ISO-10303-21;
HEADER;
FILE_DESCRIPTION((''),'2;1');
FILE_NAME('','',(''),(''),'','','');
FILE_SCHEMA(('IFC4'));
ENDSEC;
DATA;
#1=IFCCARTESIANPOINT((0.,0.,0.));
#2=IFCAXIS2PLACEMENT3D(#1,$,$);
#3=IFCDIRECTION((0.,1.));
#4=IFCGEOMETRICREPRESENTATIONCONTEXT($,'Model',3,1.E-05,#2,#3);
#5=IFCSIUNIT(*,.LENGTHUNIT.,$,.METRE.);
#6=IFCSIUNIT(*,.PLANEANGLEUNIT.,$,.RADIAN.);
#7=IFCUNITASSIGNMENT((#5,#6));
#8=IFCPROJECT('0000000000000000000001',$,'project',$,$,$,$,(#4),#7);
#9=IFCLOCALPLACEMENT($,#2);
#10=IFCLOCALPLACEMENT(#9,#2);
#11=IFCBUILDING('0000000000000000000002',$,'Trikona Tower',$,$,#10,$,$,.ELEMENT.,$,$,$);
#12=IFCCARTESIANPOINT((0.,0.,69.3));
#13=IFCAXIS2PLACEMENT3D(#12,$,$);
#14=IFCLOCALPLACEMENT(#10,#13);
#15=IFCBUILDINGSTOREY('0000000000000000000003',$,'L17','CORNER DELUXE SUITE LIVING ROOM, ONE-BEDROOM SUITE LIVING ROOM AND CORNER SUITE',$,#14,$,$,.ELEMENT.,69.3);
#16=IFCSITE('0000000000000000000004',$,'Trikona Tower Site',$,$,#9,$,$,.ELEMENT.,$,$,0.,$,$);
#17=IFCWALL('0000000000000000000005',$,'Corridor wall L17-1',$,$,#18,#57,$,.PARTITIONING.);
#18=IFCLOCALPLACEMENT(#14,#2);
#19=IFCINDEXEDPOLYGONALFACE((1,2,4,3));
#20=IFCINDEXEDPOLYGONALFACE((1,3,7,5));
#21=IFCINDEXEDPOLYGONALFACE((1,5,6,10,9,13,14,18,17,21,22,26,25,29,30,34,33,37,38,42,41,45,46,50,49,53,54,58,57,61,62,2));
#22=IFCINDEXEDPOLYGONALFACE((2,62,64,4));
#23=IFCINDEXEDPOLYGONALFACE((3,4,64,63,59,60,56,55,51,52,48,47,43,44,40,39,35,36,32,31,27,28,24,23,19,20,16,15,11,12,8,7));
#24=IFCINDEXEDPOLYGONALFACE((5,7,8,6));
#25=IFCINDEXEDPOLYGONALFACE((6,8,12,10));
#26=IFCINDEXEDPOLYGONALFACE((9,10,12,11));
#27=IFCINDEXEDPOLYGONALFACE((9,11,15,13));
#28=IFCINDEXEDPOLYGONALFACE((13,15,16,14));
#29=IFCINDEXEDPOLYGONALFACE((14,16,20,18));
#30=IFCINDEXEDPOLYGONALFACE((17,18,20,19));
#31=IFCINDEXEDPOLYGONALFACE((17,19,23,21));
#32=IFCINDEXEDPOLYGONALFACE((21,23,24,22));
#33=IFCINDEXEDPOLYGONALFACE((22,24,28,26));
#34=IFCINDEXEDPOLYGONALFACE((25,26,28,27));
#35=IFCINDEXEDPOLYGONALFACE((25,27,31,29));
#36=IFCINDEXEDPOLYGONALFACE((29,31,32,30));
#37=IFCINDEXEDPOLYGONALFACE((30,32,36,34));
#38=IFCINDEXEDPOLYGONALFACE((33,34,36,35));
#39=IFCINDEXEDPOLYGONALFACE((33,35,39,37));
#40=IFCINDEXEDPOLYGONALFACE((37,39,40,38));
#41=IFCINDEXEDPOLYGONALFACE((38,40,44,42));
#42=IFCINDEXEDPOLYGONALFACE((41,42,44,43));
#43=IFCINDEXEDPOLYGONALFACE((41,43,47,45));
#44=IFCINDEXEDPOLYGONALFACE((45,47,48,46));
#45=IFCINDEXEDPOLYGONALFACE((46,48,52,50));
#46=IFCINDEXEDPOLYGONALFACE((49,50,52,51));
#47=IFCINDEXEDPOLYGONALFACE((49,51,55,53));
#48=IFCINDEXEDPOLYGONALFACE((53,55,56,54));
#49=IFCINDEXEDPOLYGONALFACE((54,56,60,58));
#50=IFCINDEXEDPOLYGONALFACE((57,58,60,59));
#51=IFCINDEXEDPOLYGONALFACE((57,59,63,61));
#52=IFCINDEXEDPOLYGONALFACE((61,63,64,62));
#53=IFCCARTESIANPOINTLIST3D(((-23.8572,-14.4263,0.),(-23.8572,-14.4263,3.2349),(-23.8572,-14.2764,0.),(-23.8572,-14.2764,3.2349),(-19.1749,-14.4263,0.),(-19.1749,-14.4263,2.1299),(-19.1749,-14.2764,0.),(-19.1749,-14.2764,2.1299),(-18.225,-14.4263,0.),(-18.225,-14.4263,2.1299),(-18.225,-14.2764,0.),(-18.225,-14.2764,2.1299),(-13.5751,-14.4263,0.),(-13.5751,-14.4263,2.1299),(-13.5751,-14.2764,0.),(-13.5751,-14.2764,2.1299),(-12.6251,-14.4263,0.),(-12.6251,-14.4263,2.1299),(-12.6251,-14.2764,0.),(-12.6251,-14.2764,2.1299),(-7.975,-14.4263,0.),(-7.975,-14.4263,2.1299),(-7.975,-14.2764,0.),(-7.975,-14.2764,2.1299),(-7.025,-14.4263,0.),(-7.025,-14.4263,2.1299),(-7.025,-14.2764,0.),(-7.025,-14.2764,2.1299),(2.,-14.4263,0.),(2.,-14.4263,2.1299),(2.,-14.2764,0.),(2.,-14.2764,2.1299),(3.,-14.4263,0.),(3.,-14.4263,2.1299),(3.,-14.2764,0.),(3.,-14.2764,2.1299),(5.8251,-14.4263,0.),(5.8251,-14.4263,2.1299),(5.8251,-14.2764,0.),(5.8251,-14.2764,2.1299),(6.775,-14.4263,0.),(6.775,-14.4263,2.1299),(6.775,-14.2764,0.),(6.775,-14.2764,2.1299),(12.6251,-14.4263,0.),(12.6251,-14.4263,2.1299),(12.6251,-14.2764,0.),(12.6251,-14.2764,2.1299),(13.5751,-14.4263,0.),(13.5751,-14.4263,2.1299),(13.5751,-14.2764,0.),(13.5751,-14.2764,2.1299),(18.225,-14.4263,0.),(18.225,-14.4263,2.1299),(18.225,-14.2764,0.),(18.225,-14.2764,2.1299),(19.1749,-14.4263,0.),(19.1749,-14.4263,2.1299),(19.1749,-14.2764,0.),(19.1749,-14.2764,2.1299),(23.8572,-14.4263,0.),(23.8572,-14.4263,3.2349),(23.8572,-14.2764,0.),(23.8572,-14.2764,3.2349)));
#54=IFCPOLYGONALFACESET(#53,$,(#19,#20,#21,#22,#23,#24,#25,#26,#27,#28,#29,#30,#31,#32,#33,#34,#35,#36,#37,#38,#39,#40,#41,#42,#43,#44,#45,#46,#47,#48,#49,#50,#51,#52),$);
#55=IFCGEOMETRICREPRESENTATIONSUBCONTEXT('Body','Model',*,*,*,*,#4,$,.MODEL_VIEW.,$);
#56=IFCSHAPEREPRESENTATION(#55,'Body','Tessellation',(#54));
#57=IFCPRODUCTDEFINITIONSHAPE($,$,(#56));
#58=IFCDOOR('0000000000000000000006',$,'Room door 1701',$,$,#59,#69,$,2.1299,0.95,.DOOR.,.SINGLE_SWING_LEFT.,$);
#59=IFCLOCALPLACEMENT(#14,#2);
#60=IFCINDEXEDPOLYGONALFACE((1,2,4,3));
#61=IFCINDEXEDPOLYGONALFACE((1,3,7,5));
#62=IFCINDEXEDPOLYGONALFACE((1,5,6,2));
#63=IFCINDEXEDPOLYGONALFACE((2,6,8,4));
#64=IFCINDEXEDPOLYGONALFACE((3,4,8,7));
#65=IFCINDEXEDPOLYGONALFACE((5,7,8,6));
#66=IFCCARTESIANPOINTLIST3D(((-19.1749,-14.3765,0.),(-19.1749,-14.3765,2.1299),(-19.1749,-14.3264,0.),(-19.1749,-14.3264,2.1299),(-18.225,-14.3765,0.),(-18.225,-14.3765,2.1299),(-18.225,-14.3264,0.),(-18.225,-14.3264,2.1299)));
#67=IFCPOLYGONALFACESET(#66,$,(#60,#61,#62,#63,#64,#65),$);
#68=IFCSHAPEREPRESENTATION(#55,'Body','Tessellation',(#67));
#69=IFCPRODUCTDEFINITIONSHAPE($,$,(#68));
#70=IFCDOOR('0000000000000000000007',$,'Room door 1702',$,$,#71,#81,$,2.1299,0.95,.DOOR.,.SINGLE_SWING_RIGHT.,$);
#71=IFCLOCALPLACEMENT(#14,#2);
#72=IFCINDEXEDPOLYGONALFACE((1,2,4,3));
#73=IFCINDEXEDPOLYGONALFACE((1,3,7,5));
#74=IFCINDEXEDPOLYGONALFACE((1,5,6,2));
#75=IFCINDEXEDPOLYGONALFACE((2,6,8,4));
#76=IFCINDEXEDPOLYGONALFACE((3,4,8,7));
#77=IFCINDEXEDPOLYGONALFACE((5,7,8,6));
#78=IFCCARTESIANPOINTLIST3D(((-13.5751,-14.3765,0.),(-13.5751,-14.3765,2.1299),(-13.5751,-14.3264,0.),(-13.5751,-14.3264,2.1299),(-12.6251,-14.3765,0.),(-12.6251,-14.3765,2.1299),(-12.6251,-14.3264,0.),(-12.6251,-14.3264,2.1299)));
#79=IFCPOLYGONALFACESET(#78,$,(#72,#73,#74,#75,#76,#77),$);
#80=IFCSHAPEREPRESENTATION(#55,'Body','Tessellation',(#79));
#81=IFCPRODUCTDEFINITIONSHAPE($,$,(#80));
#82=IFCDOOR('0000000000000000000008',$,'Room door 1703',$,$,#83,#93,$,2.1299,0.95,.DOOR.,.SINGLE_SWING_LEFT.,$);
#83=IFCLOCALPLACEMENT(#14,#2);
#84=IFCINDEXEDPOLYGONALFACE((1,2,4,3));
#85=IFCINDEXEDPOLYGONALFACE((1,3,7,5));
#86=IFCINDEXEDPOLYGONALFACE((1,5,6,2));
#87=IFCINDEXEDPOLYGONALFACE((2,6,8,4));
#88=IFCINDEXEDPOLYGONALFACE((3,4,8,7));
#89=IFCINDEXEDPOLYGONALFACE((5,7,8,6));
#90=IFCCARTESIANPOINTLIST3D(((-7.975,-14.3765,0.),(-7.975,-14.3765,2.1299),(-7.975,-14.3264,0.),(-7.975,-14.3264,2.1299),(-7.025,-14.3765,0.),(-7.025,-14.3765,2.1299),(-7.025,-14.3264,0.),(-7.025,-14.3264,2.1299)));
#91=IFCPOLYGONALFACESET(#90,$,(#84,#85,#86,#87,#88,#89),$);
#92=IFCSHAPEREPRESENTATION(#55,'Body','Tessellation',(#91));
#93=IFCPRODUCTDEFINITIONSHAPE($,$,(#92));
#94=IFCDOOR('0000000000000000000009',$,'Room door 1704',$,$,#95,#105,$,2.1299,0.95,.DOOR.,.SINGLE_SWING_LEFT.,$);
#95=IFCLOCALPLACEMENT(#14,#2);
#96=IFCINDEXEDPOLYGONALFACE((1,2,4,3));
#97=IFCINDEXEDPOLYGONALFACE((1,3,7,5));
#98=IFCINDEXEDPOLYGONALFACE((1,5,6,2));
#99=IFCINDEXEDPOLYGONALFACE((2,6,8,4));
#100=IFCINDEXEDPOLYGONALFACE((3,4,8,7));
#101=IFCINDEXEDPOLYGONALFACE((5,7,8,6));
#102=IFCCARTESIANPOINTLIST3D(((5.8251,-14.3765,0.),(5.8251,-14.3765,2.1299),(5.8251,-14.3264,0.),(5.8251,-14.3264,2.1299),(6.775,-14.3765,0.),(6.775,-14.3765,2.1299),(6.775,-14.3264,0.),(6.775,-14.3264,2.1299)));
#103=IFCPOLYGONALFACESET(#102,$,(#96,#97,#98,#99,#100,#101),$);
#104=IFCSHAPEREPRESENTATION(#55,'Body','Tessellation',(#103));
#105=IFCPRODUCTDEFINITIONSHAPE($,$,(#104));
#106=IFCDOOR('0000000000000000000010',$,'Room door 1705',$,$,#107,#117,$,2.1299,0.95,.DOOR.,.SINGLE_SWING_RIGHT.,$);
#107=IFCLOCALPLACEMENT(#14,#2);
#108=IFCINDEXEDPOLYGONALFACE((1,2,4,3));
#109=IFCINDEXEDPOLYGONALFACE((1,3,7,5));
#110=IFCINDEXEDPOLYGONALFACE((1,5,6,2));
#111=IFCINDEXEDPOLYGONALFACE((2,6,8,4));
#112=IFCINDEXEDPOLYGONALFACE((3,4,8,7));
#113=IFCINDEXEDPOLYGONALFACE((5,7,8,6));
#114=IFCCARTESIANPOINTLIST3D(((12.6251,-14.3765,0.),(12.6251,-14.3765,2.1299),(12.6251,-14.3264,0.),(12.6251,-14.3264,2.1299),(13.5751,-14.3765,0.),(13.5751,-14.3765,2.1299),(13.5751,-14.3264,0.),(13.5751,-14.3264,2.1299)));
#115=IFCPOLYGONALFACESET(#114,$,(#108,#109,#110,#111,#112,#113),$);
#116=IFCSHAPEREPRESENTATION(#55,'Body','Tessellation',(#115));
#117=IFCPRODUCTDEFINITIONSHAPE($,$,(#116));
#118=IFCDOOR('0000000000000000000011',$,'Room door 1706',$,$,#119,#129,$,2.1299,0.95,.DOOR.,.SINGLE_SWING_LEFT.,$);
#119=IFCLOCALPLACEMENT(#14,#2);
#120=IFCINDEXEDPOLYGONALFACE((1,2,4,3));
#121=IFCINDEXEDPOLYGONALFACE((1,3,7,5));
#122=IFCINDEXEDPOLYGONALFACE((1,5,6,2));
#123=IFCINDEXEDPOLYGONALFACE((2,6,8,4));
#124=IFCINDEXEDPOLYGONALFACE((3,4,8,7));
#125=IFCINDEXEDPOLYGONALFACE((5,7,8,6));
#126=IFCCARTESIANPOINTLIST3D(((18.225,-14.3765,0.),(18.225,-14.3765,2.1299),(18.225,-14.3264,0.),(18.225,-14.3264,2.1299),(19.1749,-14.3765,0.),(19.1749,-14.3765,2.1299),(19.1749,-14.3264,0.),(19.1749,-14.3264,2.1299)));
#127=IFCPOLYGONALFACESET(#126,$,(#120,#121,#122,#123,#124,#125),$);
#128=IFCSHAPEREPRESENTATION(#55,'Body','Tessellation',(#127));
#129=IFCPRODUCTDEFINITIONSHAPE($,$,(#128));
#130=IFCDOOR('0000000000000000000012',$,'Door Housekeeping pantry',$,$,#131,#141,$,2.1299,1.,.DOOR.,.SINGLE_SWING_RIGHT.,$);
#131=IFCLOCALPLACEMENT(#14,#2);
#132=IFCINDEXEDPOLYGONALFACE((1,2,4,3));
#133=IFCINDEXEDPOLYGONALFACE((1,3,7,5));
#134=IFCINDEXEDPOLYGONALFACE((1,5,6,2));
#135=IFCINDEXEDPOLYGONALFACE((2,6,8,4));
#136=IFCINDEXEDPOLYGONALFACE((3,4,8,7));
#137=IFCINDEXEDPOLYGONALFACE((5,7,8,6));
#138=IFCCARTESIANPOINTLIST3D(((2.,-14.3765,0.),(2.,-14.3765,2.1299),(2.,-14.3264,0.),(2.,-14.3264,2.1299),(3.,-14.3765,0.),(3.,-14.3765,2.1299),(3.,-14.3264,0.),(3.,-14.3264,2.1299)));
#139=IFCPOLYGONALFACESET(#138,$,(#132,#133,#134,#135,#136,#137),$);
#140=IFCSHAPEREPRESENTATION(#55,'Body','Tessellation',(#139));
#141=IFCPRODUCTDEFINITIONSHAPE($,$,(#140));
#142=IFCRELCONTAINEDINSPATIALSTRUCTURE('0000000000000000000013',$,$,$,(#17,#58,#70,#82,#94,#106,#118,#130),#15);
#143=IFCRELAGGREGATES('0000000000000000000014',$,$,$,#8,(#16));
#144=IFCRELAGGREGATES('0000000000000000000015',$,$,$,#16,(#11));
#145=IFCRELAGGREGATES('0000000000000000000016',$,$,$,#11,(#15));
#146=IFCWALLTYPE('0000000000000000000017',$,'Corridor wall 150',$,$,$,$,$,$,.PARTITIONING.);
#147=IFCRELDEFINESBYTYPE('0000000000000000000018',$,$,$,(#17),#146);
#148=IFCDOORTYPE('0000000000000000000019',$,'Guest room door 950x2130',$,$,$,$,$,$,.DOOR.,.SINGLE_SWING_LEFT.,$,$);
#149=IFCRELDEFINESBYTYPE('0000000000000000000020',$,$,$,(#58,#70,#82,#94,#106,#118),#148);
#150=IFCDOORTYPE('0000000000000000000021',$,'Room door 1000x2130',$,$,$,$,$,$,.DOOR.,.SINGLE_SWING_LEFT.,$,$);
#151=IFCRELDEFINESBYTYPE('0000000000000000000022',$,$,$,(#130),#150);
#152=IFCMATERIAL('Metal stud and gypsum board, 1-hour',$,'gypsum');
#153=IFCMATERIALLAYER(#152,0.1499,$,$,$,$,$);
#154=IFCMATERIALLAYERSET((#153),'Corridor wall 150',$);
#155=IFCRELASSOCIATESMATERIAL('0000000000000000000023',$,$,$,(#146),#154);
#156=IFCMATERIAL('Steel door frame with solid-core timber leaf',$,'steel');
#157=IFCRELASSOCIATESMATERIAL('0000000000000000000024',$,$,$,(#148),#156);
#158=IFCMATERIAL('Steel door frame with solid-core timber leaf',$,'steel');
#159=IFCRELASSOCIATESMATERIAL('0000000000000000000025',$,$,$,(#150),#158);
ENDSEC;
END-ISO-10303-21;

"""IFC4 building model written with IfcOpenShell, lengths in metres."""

from ifc_helpers import new_model, si_unit, direction, frame, frame_2d, origin, place, context, subcontext, project, spatial, rectangle, extrude, material, layer, layer_set, type_object, element, fill, save


model = new_model("IFC4")

# Units and contexts
model_context = context("Model", 3, precision=1e-05, world=origin(), true_north=direction((0.0, 1.0)))
body_context = subcontext(model_context, "Body", "Model", "MODEL_VIEW")
ifc_project = project(units=[si_unit("LENGTHUNIT", "METRE"), si_unit("PLANEANGLEUNIT", "RADIAN")], contexts=[model_context])

# Site, building, storey
site_placement = place(None, origin())
site = spatial("IfcSite", under=ifc_project, at=site_placement, Name="Trikona Tower Site", CompositionType="ELEMENT", RefElevation=0.0)
building_placement = place(site_placement, origin())
building = spatial("IfcBuilding", under=site, at=building_placement, Name="Trikona Tower", CompositionType="ELEMENT")
storey_placement = place(building_placement, frame((0.0, 0.0, 69.3)))
storey = spatial("IfcBuildingStorey", under=building, at=storey_placement, Name="L17", Description="CORNER DELUXE SUITE LIVING ROOM, ONE-BEDROOM SUITE LIVING ROOM AND CORNER SUITE", CompositionType="ELEMENT", Elevation=69.3)

# Wall, openings, doors
ifc_material_1 = material(Name="Metal stud and gypsum board, 1-hour", Category="gypsum")
ifc_layer_1 = layer(ifc_material_1, 0.1499)
ifc_layer_set_1 = layer_set([ifc_layer_1], Name="Corridor wall 150")
wall_type_1 = type_object("IfcWallType", Name="Corridor wall 150", PredefinedType="PARTITIONING", material=ifc_layer_set_1)
wall_1_placement = place(storey_placement, frame((-23.8572, -14.3513, 0.0), z_axis=(0.0, 0.0, 1.0), x_axis=(1.0, 0.0, 0.0)))
wall_1 = element("IfcWall", 1, at=wall_1_placement, inside=storey, type_object=wall_type_1, Name="Corridor wall L17-1", PredefinedType="PARTITIONING", context=body_context, shape_type="SweptSolid", body=[
    extrude(rectangle(XDim=47.7144, YDim=0.1499, at=frame_2d((23.8572, 0.0))), origin(), (0.0, 0.0, 1.0), 3.2349),
])
opening_1_placement = place(wall_1_placement, frame((4.6821, 0.0, 0.0)))
opening_1 = element("IfcOpeningElement", 2, at=opening_1_placement, cuts=wall_1, PredefinedType="OPENING", context=body_context, shape_type="SweptSolid", body=[
    extrude(rectangle(XDim=0.95, YDim=2.1299, at=frame_2d((0.4751, 1.0649))), frame((0.0, 0.085, 0.0), z_axis=(0.0, -1.0, 0.0), x_axis=(1.0, 0.0, 0.0)), (0.0, 0.0, 1.0), 0.1699),
])
opening_2_placement = place(wall_1_placement, frame((10.282, 0.0, 0.0)))
opening_2 = element("IfcOpeningElement", 3, at=opening_2_placement, cuts=wall_1, PredefinedType="OPENING", context=body_context, shape_type="SweptSolid", body=[
    extrude(rectangle(XDim=0.95, YDim=2.1299, at=frame_2d((0.4751, 1.0649))), frame((0.0, 0.085, 0.0), z_axis=(0.0, -1.0, 0.0), x_axis=(1.0, 0.0, 0.0)), (0.0, 0.0, 1.0), 0.1699),
])
opening_3_placement = place(wall_1_placement, frame((15.8821, 0.0, 0.0)))
opening_3 = element("IfcOpeningElement", 4, at=opening_3_placement, cuts=wall_1, PredefinedType="OPENING", context=body_context, shape_type="SweptSolid", body=[
    extrude(rectangle(XDim=0.95, YDim=2.1299, at=frame_2d((0.4751, 1.0649))), frame((0.0, 0.085, 0.0), z_axis=(0.0, -1.0, 0.0), x_axis=(1.0, 0.0, 0.0)), (0.0, 0.0, 1.0), 0.1699),
])
opening_4_placement = place(wall_1_placement, frame((25.8572, 0.0, 0.0)))
opening_4 = element("IfcOpeningElement", 5, at=opening_4_placement, cuts=wall_1, PredefinedType="OPENING", context=body_context, shape_type="SweptSolid", body=[
    extrude(rectangle(XDim=1.0, YDim=2.1299, at=frame_2d((0.5, 1.0649))), frame((0.0, 0.085, 0.0), z_axis=(0.0, -1.0, 0.0), x_axis=(1.0, 0.0, 0.0)), (0.0, 0.0, 1.0), 0.1699),
])
opening_5_placement = place(wall_1_placement, frame((29.6821, 0.0, 0.0)))
opening_5 = element("IfcOpeningElement", 6, at=opening_5_placement, cuts=wall_1, PredefinedType="OPENING", context=body_context, shape_type="SweptSolid", body=[
    extrude(rectangle(XDim=0.95, YDim=2.1299, at=frame_2d((0.4751, 1.0649))), frame((0.0, 0.085, 0.0), z_axis=(0.0, -1.0, 0.0), x_axis=(1.0, 0.0, 0.0)), (0.0, 0.0, 1.0), 0.1699),
])
opening_6_placement = place(wall_1_placement, frame((36.4822, 0.0, 0.0)))
opening_6 = element("IfcOpeningElement", 7, at=opening_6_placement, cuts=wall_1, PredefinedType="OPENING", context=body_context, shape_type="SweptSolid", body=[
    extrude(rectangle(XDim=0.95, YDim=2.1299, at=frame_2d((0.4751, 1.0649))), frame((0.0, 0.085, 0.0), z_axis=(0.0, -1.0, 0.0), x_axis=(1.0, 0.0, 0.0)), (0.0, 0.0, 1.0), 0.1699),
])
opening_7_placement = place(wall_1_placement, frame((42.082, 0.0, 0.0)))
opening_7 = element("IfcOpeningElement", 8, at=opening_7_placement, cuts=wall_1, PredefinedType="OPENING", context=body_context, shape_type="SweptSolid", body=[
    extrude(rectangle(XDim=0.95, YDim=2.1299, at=frame_2d((0.4751, 1.0649))), frame((0.0, 0.085, 0.0), z_axis=(0.0, -1.0, 0.0), x_axis=(1.0, 0.0, 0.0)), (0.0, 0.0, 1.0), 0.1699),
])
ifc_material_2 = material(Name="Steel door frame with solid-core timber leaf", Category="steel")
door_type_1 = type_object("IfcDoorType", Name="Guest room door 950x2130", OperationType="SINGLE_SWING_LEFT", PredefinedType="DOOR", material=ifc_material_2)
door_1_placement = place(opening_1_placement, origin())
door_1 = element("IfcDoor", 9, at=door_1_placement, inside=storey, type_object=door_type_1, Name="Room door 1701", OperationType="SINGLE_SWING_LEFT", OverallHeight=2.1299, OverallWidth=0.95, PredefinedType="DOOR", context=body_context, shape_type="SweptSolid", body=[
    extrude(rectangle(XDim=0.95, YDim=2.1299, at=frame_2d((0.4751, 1.0649))), frame((0.0, 0.0249, 0.0), z_axis=(0.0, -1.0, 0.0), x_axis=(1.0, 0.0, 0.0)), (0.0, 0.0, 1.0), 0.05),
])
fill(opening_1, door_1)
door_2_placement = place(opening_2_placement, origin())
door_2 = element("IfcDoor", 10, at=door_2_placement, inside=storey, type_object=door_type_1, Name="Room door 1702", OperationType="SINGLE_SWING_RIGHT", OverallHeight=2.1299, OverallWidth=0.95, PredefinedType="DOOR", context=body_context, shape_type="SweptSolid", body=[
    extrude(rectangle(XDim=0.95, YDim=2.1299, at=frame_2d((0.4751, 1.0649))), frame((0.0, 0.0249, 0.0), z_axis=(0.0, -1.0, 0.0), x_axis=(1.0, 0.0, 0.0)), (0.0, 0.0, 1.0), 0.05),
])
fill(opening_2, door_2)
door_3_placement = place(opening_3_placement, origin())
door_3 = element("IfcDoor", 11, at=door_3_placement, inside=storey, type_object=door_type_1, Name="Room door 1703", OperationType="SINGLE_SWING_LEFT", OverallHeight=2.1299, OverallWidth=0.95, PredefinedType="DOOR", context=body_context, shape_type="SweptSolid", body=[
    extrude(rectangle(XDim=0.95, YDim=2.1299, at=frame_2d((0.4751, 1.0649))), frame((0.0, 0.0249, 0.0), z_axis=(0.0, -1.0, 0.0), x_axis=(1.0, 0.0, 0.0)), (0.0, 0.0, 1.0), 0.05),
])
fill(opening_3, door_3)
door_4_placement = place(opening_5_placement, origin())
door_4 = element("IfcDoor", 12, at=door_4_placement, inside=storey, type_object=door_type_1, Name="Room door 1704", OperationType="SINGLE_SWING_LEFT", OverallHeight=2.1299, OverallWidth=0.95, PredefinedType="DOOR", context=body_context, shape_type="SweptSolid", body=[
    extrude(rectangle(XDim=0.95, YDim=2.1299, at=frame_2d((0.4751, 1.0649))), frame((0.0, 0.0249, 0.0), z_axis=(0.0, -1.0, 0.0), x_axis=(1.0, 0.0, 0.0)), (0.0, 0.0, 1.0), 0.05),
])
fill(opening_5, door_4)
door_5_placement = place(opening_6_placement, origin())
door_5 = element("IfcDoor", 13, at=door_5_placement, inside=storey, type_object=door_type_1, Name="Room door 1705", OperationType="SINGLE_SWING_RIGHT", OverallHeight=2.1299, OverallWidth=0.95, PredefinedType="DOOR", context=body_context, shape_type="SweptSolid", body=[
    extrude(rectangle(XDim=0.95, YDim=2.1299, at=frame_2d((0.4751, 1.0649))), frame((0.0, 0.0249, 0.0), z_axis=(0.0, -1.0, 0.0), x_axis=(1.0, 0.0, 0.0)), (0.0, 0.0, 1.0), 0.05),
])
fill(opening_6, door_5)
door_6_placement = place(opening_7_placement, origin())
door_6 = element("IfcDoor", 14, at=door_6_placement, inside=storey, type_object=door_type_1, Name="Room door 1706", OperationType="SINGLE_SWING_LEFT", OverallHeight=2.1299, OverallWidth=0.95, PredefinedType="DOOR", context=body_context, shape_type="SweptSolid", body=[
    extrude(rectangle(XDim=0.95, YDim=2.1299, at=frame_2d((0.4751, 1.0649))), frame((0.0, 0.0249, 0.0), z_axis=(0.0, -1.0, 0.0), x_axis=(1.0, 0.0, 0.0)), (0.0, 0.0, 1.0), 0.05),
])
fill(opening_7, door_6)
ifc_material_3 = material(Name="Steel door frame with solid-core timber leaf", Category="steel")
door_type_2 = type_object("IfcDoorType", Name="Room door 1000x2130", OperationType="SINGLE_SWING_LEFT", PredefinedType="DOOR", material=ifc_material_3)
door_7_placement = place(opening_4_placement, origin())
door_7 = element("IfcDoor", 15, at=door_7_placement, inside=storey, type_object=door_type_2, Name="Door Housekeeping pantry", OperationType="SINGLE_SWING_RIGHT", OverallHeight=2.1299, OverallWidth=1.0, PredefinedType="DOOR", context=body_context, shape_type="SweptSolid", body=[
    extrude(rectangle(XDim=1.0, YDim=2.1299, at=frame_2d((0.5, 1.0649))), frame((0.0, 0.0249, 0.0), z_axis=(0.0, -1.0, 0.0), x_axis=(1.0, 0.0, 0.0)), (0.0, 0.0, 1.0), 0.05),
])
fill(opening_4, door_7)

save(model, "model.ifc")
